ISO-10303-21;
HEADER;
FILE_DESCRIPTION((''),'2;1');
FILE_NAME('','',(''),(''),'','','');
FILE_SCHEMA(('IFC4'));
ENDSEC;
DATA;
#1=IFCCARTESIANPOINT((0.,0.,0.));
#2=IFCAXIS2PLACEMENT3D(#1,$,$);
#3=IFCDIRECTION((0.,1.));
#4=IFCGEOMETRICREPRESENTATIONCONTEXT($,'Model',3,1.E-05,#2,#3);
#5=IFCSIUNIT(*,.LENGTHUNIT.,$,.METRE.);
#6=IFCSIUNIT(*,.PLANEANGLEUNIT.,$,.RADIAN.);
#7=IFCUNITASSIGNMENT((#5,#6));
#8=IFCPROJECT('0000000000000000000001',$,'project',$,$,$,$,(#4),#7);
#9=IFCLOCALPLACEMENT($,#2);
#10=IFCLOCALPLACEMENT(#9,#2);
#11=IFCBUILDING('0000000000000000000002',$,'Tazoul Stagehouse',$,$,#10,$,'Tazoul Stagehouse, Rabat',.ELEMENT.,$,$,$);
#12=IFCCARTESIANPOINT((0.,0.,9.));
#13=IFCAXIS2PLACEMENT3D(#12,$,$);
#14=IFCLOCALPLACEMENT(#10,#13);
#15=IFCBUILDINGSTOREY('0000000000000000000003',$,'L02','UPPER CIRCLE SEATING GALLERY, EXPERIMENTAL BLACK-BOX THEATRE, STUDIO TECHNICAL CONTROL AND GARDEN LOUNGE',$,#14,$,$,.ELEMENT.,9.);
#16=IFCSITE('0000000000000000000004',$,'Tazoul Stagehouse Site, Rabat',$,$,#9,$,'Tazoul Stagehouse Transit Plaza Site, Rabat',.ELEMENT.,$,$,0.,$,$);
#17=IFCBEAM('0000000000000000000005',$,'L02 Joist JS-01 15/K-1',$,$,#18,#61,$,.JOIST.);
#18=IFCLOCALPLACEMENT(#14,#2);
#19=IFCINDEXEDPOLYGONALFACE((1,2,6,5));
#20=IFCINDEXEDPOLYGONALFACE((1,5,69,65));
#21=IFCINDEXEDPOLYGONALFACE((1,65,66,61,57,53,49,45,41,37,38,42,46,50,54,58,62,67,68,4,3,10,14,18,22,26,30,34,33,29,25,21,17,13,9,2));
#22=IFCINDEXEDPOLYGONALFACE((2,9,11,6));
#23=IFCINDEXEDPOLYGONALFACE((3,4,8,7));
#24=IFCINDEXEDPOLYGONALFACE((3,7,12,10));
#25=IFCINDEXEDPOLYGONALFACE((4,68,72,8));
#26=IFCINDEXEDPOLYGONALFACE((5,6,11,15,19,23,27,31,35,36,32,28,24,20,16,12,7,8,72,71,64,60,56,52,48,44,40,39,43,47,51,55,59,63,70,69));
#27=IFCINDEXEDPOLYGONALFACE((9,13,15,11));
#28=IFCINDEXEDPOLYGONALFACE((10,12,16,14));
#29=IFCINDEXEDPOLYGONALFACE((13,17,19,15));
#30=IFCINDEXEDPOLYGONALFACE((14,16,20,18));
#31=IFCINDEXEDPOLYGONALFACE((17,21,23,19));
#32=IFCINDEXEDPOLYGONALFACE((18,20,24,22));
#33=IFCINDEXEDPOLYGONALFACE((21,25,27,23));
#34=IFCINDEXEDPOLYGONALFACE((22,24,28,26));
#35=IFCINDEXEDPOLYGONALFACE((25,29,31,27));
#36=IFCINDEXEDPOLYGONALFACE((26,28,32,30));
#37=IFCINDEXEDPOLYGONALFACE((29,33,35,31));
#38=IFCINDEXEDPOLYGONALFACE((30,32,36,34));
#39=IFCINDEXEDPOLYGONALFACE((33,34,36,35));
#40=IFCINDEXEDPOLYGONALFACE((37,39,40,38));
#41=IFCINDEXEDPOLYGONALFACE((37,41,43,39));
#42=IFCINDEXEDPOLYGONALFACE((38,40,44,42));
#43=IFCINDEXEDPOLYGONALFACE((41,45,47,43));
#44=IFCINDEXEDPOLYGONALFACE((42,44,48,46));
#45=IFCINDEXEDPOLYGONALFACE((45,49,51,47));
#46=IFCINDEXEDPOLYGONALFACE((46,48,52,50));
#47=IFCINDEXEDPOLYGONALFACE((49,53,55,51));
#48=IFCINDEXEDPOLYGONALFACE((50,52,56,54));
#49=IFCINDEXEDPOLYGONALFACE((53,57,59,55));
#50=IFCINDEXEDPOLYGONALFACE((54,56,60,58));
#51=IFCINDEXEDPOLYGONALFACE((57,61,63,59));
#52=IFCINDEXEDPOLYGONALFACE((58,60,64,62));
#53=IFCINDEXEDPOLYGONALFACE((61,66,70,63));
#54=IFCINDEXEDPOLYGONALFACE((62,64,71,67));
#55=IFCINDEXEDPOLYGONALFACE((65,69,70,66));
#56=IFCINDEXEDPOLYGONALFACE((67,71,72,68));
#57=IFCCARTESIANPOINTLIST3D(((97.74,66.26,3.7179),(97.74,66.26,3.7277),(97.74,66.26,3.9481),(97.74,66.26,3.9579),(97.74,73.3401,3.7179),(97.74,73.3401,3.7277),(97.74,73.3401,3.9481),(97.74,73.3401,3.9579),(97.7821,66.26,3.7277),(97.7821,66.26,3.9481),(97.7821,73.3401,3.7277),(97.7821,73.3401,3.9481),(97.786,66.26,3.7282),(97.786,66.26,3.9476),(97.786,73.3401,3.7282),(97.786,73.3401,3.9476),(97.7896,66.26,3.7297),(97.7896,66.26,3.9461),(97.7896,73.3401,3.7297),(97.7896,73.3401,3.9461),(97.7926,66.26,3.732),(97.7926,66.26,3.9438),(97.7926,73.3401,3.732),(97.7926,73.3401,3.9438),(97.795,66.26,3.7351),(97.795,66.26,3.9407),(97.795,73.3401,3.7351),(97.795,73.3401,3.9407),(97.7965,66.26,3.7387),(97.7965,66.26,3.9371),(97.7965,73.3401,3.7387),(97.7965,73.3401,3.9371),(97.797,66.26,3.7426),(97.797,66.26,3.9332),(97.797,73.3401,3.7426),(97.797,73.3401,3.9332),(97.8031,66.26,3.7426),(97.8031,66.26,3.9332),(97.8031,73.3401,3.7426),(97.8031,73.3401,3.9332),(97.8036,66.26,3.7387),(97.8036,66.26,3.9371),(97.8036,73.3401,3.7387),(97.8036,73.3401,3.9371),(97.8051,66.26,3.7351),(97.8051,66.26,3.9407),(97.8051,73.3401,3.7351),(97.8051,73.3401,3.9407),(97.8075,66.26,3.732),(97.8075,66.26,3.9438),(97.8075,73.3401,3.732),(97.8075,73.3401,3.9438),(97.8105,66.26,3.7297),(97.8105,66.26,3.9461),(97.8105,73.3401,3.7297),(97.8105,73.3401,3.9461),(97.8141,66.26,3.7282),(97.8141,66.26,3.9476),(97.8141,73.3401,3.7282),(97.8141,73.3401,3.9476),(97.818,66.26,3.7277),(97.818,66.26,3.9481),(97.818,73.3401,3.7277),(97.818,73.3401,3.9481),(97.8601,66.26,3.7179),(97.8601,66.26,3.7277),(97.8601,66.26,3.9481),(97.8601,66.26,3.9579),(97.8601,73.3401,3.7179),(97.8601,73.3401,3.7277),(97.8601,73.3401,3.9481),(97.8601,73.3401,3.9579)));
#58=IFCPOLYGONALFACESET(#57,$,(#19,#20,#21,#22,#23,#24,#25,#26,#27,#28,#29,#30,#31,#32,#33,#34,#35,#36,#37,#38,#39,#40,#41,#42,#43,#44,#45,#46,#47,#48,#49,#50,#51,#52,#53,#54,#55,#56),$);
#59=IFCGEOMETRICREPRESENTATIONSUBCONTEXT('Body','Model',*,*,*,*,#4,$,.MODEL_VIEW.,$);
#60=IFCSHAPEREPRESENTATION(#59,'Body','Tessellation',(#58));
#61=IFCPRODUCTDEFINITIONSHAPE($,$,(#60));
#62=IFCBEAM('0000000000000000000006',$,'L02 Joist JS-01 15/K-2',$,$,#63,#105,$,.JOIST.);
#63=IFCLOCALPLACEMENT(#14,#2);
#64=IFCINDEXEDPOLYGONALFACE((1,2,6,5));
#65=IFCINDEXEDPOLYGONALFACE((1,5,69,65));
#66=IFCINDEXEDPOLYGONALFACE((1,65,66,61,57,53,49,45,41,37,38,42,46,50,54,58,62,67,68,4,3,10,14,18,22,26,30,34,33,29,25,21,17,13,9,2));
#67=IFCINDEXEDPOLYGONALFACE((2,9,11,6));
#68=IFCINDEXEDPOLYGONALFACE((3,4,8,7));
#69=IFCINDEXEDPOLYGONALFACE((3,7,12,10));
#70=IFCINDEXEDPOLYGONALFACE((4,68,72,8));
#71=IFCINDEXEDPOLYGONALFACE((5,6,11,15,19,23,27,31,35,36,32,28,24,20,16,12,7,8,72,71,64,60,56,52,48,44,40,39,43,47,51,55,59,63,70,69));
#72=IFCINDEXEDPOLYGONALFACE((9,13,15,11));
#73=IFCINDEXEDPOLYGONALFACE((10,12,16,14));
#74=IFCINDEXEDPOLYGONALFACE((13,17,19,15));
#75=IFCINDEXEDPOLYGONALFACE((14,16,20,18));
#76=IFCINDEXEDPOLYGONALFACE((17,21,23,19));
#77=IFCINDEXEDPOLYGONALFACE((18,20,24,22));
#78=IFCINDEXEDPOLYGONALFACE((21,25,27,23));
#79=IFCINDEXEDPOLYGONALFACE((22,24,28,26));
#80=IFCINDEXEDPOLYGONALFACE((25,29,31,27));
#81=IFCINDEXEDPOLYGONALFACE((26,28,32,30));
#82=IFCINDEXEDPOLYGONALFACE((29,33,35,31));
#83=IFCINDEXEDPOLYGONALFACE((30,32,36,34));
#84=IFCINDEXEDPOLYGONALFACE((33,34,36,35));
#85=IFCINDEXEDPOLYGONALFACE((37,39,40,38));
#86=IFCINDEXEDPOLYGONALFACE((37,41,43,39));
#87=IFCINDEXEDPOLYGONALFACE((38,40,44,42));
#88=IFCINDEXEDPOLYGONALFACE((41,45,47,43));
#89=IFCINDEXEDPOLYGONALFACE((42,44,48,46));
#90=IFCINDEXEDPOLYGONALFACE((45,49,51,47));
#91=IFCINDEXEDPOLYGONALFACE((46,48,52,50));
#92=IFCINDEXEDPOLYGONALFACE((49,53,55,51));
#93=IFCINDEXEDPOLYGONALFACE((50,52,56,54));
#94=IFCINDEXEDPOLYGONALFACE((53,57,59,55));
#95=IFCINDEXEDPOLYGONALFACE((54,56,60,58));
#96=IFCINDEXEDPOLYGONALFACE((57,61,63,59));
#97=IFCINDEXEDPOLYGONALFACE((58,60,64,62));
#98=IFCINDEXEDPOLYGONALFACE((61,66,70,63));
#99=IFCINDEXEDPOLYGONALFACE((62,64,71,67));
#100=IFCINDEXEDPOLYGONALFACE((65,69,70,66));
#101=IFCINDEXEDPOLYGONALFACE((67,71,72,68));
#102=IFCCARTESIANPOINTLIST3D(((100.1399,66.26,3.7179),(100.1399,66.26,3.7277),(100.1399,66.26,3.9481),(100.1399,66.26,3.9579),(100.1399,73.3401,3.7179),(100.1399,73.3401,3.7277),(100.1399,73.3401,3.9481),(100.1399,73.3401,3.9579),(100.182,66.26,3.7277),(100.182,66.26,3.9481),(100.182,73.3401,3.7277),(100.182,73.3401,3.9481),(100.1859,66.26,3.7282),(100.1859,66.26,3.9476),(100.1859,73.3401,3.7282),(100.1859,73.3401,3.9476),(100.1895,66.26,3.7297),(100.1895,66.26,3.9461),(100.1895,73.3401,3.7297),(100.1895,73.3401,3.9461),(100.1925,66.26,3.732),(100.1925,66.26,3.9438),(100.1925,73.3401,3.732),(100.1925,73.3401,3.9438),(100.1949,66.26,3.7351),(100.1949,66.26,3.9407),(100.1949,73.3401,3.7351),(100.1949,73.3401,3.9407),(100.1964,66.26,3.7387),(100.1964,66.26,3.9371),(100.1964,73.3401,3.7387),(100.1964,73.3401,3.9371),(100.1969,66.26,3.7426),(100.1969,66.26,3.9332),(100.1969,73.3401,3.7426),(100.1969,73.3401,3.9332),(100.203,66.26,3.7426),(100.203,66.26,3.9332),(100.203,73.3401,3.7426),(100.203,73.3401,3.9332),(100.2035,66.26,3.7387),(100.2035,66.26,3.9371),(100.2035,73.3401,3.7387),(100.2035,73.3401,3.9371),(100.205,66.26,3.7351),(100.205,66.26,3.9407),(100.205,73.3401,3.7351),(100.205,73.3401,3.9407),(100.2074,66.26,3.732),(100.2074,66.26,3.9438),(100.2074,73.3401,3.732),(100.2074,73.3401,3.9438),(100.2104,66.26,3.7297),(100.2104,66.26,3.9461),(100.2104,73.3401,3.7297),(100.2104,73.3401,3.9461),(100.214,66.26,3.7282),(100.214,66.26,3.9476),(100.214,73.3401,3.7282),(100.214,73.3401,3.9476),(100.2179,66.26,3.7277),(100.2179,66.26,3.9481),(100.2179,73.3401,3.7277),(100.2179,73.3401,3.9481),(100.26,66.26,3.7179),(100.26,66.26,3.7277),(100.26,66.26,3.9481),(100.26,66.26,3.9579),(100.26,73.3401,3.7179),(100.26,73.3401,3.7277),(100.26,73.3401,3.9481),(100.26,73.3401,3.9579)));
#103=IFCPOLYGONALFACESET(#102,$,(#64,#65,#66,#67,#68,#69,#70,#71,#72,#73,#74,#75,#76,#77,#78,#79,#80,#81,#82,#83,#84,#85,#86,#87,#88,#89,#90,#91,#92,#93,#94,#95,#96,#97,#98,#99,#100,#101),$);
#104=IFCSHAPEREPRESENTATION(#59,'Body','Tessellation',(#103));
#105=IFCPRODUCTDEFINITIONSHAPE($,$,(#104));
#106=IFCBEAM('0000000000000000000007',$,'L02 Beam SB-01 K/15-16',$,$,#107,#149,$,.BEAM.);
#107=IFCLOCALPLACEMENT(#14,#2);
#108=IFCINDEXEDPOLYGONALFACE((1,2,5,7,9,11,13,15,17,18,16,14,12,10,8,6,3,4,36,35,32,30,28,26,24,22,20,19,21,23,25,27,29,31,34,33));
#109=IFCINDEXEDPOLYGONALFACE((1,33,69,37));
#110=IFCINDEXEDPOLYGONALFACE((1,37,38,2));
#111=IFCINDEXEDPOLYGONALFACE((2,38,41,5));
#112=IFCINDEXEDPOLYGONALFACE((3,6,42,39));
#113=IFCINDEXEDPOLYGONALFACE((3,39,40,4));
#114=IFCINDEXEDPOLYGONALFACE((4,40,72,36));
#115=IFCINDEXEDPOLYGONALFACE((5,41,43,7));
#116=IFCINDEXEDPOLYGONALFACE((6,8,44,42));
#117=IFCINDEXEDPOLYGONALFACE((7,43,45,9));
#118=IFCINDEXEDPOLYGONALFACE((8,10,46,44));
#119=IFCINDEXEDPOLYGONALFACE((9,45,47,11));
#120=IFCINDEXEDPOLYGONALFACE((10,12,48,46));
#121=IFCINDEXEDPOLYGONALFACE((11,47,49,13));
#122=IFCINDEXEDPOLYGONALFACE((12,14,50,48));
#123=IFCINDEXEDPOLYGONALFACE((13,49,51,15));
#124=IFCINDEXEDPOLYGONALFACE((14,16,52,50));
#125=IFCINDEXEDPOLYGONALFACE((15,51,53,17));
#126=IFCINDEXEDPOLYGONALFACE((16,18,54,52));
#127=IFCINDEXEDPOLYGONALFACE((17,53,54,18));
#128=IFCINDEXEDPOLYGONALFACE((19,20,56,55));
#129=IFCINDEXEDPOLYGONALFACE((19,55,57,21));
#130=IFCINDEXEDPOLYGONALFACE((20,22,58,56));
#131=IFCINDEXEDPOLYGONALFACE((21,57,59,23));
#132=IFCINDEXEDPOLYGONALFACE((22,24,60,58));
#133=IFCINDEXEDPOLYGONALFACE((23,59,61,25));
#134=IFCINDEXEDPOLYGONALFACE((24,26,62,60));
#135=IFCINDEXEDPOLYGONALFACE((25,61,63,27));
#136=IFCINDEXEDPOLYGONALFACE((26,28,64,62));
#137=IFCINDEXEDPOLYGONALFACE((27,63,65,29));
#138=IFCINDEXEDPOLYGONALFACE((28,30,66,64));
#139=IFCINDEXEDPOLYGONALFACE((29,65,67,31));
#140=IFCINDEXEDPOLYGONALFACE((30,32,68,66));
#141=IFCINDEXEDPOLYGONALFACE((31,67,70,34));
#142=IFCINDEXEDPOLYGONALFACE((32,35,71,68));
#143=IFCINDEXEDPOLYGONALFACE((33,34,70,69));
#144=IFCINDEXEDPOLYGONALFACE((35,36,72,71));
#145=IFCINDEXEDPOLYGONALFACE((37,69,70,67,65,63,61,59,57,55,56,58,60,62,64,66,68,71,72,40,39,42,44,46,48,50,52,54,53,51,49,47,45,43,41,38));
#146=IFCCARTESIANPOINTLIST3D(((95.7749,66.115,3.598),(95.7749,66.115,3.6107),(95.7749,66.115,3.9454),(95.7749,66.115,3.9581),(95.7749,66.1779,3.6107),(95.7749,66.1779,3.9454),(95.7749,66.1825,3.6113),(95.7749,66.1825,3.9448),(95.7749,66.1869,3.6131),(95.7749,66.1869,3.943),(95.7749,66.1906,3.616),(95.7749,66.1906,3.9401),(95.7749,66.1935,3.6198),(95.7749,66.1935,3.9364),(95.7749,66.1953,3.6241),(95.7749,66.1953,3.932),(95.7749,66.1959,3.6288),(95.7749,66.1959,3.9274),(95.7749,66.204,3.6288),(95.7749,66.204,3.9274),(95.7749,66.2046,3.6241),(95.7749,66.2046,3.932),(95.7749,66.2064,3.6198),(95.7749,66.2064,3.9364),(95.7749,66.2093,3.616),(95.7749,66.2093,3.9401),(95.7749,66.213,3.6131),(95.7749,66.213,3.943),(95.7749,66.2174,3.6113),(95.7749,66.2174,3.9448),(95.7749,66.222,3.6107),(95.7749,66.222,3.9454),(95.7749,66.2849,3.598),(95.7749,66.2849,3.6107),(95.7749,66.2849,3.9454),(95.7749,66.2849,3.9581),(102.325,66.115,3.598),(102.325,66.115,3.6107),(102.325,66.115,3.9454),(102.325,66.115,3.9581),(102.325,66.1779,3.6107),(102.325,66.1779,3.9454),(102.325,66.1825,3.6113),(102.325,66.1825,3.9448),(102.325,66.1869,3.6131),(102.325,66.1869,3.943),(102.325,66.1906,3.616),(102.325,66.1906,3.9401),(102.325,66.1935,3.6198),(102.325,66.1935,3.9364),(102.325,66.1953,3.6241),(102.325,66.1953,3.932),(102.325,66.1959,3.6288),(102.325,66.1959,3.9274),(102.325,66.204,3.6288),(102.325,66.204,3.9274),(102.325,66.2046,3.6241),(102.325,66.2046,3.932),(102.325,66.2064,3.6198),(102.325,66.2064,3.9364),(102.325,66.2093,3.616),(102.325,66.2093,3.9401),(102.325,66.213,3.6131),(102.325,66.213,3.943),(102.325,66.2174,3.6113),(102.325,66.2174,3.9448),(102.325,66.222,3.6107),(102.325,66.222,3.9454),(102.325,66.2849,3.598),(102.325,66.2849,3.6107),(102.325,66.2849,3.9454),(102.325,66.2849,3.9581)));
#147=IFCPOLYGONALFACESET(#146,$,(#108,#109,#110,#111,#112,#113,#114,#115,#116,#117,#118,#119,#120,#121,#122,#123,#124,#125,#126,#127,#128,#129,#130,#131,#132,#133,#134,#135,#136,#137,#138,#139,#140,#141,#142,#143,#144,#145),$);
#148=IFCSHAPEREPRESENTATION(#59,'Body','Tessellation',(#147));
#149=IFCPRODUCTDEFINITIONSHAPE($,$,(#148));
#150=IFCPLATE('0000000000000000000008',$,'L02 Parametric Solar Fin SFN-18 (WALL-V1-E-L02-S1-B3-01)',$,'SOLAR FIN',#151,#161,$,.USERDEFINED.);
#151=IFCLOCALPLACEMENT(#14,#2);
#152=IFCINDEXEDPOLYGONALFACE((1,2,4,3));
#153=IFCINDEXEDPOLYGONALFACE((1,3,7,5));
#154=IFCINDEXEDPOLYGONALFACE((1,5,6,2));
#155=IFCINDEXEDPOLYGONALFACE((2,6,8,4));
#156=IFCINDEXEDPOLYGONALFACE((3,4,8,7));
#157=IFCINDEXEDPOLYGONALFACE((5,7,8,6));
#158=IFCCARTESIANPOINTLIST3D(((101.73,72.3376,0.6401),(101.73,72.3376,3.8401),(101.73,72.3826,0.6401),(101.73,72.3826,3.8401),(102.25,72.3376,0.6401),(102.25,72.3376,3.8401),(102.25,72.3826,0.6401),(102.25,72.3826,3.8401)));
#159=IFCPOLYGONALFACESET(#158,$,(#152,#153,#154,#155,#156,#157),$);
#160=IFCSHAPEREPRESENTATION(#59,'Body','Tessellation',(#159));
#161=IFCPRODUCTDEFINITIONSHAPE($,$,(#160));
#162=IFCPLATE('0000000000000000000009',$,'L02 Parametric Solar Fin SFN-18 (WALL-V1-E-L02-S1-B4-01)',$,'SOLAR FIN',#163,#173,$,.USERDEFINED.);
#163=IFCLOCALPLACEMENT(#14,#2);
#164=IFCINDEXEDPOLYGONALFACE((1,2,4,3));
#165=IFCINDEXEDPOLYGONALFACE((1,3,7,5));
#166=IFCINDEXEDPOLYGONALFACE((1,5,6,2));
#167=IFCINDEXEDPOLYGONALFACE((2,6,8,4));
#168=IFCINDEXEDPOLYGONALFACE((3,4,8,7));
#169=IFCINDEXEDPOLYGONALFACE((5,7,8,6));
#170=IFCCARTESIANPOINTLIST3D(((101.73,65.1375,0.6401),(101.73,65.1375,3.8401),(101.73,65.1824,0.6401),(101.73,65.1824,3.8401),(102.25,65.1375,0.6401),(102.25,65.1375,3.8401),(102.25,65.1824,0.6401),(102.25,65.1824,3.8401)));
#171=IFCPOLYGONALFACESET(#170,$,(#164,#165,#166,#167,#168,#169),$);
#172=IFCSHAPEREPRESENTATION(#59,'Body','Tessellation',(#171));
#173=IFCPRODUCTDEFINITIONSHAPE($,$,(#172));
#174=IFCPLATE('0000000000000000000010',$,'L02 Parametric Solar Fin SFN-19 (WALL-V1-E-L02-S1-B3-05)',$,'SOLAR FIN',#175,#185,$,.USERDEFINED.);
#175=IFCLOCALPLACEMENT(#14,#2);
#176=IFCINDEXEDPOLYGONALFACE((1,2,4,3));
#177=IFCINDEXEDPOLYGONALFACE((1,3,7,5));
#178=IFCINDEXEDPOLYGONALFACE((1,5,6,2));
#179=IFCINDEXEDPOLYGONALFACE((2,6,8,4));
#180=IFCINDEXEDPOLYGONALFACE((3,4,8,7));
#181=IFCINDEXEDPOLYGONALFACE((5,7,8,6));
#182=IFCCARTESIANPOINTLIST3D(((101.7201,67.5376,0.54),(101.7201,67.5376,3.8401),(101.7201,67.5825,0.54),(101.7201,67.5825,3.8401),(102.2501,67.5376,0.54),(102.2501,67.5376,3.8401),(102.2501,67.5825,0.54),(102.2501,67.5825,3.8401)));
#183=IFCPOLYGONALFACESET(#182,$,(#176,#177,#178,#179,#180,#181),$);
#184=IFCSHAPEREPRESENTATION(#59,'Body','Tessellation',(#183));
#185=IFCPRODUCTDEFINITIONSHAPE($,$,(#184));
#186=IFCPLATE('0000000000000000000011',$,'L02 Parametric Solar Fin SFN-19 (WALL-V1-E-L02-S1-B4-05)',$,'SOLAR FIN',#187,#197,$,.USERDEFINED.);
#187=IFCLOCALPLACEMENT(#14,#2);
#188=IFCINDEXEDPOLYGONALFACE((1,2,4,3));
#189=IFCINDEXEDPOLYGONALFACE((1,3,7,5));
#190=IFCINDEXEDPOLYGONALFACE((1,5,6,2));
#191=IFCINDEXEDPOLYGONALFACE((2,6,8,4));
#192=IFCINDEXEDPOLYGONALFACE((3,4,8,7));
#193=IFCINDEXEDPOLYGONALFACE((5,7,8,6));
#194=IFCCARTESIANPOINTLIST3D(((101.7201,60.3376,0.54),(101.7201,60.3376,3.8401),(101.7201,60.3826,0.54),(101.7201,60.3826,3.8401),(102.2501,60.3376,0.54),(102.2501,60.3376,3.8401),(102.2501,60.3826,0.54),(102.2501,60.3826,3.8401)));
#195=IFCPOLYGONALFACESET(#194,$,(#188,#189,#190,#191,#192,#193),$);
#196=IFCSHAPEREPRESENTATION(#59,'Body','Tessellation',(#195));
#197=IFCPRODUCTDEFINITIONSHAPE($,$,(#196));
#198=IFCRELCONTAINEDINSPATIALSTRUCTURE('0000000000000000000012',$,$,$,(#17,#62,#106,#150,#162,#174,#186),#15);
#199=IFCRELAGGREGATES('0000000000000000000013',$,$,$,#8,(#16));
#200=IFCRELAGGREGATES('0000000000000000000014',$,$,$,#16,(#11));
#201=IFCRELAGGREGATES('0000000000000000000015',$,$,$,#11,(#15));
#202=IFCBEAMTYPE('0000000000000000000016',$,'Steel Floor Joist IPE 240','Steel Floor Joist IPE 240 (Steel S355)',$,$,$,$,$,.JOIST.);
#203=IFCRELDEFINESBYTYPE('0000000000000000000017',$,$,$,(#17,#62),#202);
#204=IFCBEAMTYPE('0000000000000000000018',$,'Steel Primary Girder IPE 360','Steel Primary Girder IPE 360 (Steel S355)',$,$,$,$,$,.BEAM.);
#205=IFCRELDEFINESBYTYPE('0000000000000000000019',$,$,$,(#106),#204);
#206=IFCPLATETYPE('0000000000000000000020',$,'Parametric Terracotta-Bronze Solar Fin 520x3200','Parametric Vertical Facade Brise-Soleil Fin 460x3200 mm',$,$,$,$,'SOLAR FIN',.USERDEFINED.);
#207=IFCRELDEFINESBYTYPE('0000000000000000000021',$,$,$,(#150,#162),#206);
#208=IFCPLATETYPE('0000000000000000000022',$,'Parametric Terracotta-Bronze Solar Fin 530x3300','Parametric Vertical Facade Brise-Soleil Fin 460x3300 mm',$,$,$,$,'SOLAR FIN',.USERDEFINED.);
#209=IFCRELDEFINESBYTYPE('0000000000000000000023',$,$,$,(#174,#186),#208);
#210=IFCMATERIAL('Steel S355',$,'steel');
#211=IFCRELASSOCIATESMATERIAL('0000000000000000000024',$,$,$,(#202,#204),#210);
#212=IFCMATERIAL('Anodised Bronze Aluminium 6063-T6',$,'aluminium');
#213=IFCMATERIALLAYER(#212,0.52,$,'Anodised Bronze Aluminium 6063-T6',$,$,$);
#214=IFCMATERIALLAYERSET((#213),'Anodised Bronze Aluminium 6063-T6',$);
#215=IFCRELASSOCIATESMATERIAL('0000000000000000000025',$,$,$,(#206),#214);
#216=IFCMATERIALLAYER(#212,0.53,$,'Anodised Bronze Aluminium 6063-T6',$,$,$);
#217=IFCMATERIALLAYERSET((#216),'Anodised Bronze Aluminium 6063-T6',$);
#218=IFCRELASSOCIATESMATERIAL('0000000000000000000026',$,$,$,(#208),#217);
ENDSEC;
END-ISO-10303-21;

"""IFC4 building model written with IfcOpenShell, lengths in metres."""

from ifc_helpers import new_model, si_unit, direction, frame, origin, origin_2d, place, context, subcontext, project, spatial, rectangle, i_section, extrude, material, layer, layer_set, material_profile, profile_set, type_object, element, save


model = new_model("IFC4")

# Units and contexts
model_context = context("Model", 3, precision=1e-05, world=origin(), true_north=direction((0.0, 1.0)))
body_context = subcontext(model_context, "Body", "Model", "MODEL_VIEW")
ifc_project = project(units=[si_unit("LENGTHUNIT", "METRE"), si_unit("PLANEANGLEUNIT", "RADIAN")], contexts=[model_context])

# Site, building, storey
site_placement = place(None, origin())
site = spatial("IfcSite", under=ifc_project, at=site_placement, Name="Tazoul Stagehouse Site, Rabat", LongName="Tazoul Stagehouse Transit Plaza Site, Rabat", CompositionType="ELEMENT", RefElevation=0.0)
building_placement = place(site_placement, origin())
building = spatial("IfcBuilding", under=site, at=building_placement, Name="Tazoul Stagehouse", LongName="Tazoul Stagehouse, Rabat", CompositionType="ELEMENT")
storey_placement = place(building_placement, frame((0.0, 0.0, 9.0)))
storey = spatial("IfcBuildingStorey", under=building, at=storey_placement, Name="L02", Description="UPPER CIRCLE SEATING GALLERY, EXPERIMENTAL BLACK-BOX THEATRE, STUDIO TECHNICAL CONTROL AND GARDEN LOUNGE", CompositionType="ELEMENT", Elevation=9.0)

# Beams
ifc_material_1 = material(Name="Steel S355", Category="steel")
ifc_material_profile_1 = material_profile(ifc_material_1, i_section(OverallWidth=0.1201, OverallDepth=0.24, WebThickness=0.0061, FlangeThickness=0.0098, FilletRadius=0.0149, at=origin_2d()), Name="IPE 240")
ifc_profile_set_1 = profile_set([ifc_material_profile_1], Name="Steel S355")
beam_type_1 = type_object("IfcBeamType", Name="Steel Floor Joist IPE 240", Description="Steel Floor Joist IPE 240 (Steel S355)", PredefinedType="JOIST", material=ifc_profile_set_1)
for number, where, z_axis, x_axis, name in (
    (1, (97.8, 66.26, 3.8379), (0.0, 1.0, 0.0), (-1.0, 0.0, 0.0), "L02 Joist JS-01 15/K-1"),
    (2, (100.2, 66.26, 3.8379), (0.0, 1.0, 0.0), (-1.0, 0.0, 0.0), "L02 Joist JS-01 15/K-2"),
):
    element("IfcBeam", number, at=place(storey_placement, frame(where, z_axis=z_axis, x_axis=x_axis)), inside=storey, type_object=beam_type_1, Name=name, PredefinedType="JOIST", context=body_context, shape_type="SweptSolid", body=[
        extrude(i_section(OverallWidth=0.1201, OverallDepth=0.24, WebThickness=0.0061, FlangeThickness=0.0098, FilletRadius=0.0149, at=origin_2d()), origin(), (0.0, 0.0, 1.0), 7.0801),
    ])
ifc_material_profile_2 = material_profile(ifc_material_1, i_section(OverallWidth=0.1699, OverallDepth=0.3601, WebThickness=0.0081, FlangeThickness=0.0127, FilletRadius=0.0181, at=origin_2d()), Name="IPE 360")
ifc_profile_set_2 = profile_set([ifc_material_profile_2], Name="Steel S355")
beam_type_2 = type_object("IfcBeamType", Name="Steel Primary Girder IPE 360", Description="Steel Primary Girder IPE 360 (Steel S355)", PredefinedType="BEAM", material=ifc_profile_set_2)
beam_1_placement = place(storey_placement, frame((95.7749, 66.2, 3.7781), z_axis=(1.0, 0.0, 0.0), x_axis=(0.0, 1.0, 0.0)))
element("IfcBeam", 3, at=beam_1_placement, inside=storey, type_object=beam_type_2, Name="L02 Beam SB-01 K/15-16", PredefinedType="BEAM", context=body_context, shape_type="SweptSolid", body=[
    extrude(i_section(OverallWidth=0.1699, OverallDepth=0.3601, WebThickness=0.0081, FlangeThickness=0.0127, FilletRadius=0.0181, at=origin_2d()), origin(), (0.0, 0.0, 1.0), 6.55),
])

# Plates
ifc_material_2 = material(Name="Anodised Bronze Aluminium 6063-T6", Category="aluminium")
ifc_layer_1 = layer(ifc_material_2, 0.52, Name="Anodised Bronze Aluminium 6063-T6")
ifc_layer_set_1 = layer_set([ifc_layer_1], Name="Anodised Bronze Aluminium 6063-T6")
plate_type_1 = type_object("IfcPlateType", Name="Parametric Terracotta-Bronze Solar Fin 520x3200", Description="Parametric Vertical Facade Brise-Soleil Fin 460x3200 mm", ElementType="SOLAR FIN", PredefinedType="USERDEFINED", material=ifc_layer_set_1)
for number, where, z_axis, x_axis, name in (
    (4, (101.99, 72.3601, 0.6401), (0.0, 0.0, 1.0), (0.0, -1.0, 0.0), "L02 Parametric Solar Fin SFN-18 (WALL-V1-E-L02-S1-B3-01)"),
    (5, (101.99, 65.1599, 0.6401), (0.0, 0.0, 1.0), (0.0, -1.0, 0.0), "L02 Parametric Solar Fin SFN-18 (WALL-V1-E-L02-S1-B4-01)"),
):
    element("IfcPlate", number, at=place(storey_placement, frame(where, z_axis=z_axis, x_axis=x_axis)), inside=storey, type_object=plate_type_1, Name=name, ObjectType="SOLAR FIN", PredefinedType="USERDEFINED", context=body_context, shape_type="SweptSolid", body=[
        extrude(rectangle(XDim=0.0449, YDim=0.52, at=origin_2d()), origin(), (0.0, 0.0, 1.0), 3.2),
    ])
ifc_layer_2 = layer(ifc_material_2, 0.53, Name="Anodised Bronze Aluminium 6063-T6")
ifc_layer_set_2 = layer_set([ifc_layer_2], Name="Anodised Bronze Aluminium 6063-T6")
plate_type_2 = type_object("IfcPlateType", Name="Parametric Terracotta-Bronze Solar Fin 530x3300", Description="Parametric Vertical Facade Brise-Soleil Fin 460x3300 mm", ElementType="SOLAR FIN", PredefinedType="USERDEFINED", material=ifc_layer_set_2)
for number, where, z_axis, x_axis, name in (
    (6, (101.9851, 67.5601, 0.54), (0.0, 0.0, 1.0), (0.0, -1.0, 0.0), "L02 Parametric Solar Fin SFN-19 (WALL-V1-E-L02-S1-B3-05)"),
    (7, (101.9851, 60.3601, 0.54), (0.0, 0.0, 1.0), (0.0, -1.0, 0.0), "L02 Parametric Solar Fin SFN-19 (WALL-V1-E-L02-S1-B4-05)"),
):
    element("IfcPlate", number, at=place(storey_placement, frame(where, z_axis=z_axis, x_axis=x_axis)), inside=storey, type_object=plate_type_2, Name=name, ObjectType="SOLAR FIN", PredefinedType="USERDEFINED", context=body_context, shape_type="SweptSolid", body=[
        extrude(rectangle(XDim=0.0449, YDim=0.53, at=origin_2d()), origin(), (0.0, 0.0, 1.0), 3.3),
    ])

save(model, "model.ifc")
